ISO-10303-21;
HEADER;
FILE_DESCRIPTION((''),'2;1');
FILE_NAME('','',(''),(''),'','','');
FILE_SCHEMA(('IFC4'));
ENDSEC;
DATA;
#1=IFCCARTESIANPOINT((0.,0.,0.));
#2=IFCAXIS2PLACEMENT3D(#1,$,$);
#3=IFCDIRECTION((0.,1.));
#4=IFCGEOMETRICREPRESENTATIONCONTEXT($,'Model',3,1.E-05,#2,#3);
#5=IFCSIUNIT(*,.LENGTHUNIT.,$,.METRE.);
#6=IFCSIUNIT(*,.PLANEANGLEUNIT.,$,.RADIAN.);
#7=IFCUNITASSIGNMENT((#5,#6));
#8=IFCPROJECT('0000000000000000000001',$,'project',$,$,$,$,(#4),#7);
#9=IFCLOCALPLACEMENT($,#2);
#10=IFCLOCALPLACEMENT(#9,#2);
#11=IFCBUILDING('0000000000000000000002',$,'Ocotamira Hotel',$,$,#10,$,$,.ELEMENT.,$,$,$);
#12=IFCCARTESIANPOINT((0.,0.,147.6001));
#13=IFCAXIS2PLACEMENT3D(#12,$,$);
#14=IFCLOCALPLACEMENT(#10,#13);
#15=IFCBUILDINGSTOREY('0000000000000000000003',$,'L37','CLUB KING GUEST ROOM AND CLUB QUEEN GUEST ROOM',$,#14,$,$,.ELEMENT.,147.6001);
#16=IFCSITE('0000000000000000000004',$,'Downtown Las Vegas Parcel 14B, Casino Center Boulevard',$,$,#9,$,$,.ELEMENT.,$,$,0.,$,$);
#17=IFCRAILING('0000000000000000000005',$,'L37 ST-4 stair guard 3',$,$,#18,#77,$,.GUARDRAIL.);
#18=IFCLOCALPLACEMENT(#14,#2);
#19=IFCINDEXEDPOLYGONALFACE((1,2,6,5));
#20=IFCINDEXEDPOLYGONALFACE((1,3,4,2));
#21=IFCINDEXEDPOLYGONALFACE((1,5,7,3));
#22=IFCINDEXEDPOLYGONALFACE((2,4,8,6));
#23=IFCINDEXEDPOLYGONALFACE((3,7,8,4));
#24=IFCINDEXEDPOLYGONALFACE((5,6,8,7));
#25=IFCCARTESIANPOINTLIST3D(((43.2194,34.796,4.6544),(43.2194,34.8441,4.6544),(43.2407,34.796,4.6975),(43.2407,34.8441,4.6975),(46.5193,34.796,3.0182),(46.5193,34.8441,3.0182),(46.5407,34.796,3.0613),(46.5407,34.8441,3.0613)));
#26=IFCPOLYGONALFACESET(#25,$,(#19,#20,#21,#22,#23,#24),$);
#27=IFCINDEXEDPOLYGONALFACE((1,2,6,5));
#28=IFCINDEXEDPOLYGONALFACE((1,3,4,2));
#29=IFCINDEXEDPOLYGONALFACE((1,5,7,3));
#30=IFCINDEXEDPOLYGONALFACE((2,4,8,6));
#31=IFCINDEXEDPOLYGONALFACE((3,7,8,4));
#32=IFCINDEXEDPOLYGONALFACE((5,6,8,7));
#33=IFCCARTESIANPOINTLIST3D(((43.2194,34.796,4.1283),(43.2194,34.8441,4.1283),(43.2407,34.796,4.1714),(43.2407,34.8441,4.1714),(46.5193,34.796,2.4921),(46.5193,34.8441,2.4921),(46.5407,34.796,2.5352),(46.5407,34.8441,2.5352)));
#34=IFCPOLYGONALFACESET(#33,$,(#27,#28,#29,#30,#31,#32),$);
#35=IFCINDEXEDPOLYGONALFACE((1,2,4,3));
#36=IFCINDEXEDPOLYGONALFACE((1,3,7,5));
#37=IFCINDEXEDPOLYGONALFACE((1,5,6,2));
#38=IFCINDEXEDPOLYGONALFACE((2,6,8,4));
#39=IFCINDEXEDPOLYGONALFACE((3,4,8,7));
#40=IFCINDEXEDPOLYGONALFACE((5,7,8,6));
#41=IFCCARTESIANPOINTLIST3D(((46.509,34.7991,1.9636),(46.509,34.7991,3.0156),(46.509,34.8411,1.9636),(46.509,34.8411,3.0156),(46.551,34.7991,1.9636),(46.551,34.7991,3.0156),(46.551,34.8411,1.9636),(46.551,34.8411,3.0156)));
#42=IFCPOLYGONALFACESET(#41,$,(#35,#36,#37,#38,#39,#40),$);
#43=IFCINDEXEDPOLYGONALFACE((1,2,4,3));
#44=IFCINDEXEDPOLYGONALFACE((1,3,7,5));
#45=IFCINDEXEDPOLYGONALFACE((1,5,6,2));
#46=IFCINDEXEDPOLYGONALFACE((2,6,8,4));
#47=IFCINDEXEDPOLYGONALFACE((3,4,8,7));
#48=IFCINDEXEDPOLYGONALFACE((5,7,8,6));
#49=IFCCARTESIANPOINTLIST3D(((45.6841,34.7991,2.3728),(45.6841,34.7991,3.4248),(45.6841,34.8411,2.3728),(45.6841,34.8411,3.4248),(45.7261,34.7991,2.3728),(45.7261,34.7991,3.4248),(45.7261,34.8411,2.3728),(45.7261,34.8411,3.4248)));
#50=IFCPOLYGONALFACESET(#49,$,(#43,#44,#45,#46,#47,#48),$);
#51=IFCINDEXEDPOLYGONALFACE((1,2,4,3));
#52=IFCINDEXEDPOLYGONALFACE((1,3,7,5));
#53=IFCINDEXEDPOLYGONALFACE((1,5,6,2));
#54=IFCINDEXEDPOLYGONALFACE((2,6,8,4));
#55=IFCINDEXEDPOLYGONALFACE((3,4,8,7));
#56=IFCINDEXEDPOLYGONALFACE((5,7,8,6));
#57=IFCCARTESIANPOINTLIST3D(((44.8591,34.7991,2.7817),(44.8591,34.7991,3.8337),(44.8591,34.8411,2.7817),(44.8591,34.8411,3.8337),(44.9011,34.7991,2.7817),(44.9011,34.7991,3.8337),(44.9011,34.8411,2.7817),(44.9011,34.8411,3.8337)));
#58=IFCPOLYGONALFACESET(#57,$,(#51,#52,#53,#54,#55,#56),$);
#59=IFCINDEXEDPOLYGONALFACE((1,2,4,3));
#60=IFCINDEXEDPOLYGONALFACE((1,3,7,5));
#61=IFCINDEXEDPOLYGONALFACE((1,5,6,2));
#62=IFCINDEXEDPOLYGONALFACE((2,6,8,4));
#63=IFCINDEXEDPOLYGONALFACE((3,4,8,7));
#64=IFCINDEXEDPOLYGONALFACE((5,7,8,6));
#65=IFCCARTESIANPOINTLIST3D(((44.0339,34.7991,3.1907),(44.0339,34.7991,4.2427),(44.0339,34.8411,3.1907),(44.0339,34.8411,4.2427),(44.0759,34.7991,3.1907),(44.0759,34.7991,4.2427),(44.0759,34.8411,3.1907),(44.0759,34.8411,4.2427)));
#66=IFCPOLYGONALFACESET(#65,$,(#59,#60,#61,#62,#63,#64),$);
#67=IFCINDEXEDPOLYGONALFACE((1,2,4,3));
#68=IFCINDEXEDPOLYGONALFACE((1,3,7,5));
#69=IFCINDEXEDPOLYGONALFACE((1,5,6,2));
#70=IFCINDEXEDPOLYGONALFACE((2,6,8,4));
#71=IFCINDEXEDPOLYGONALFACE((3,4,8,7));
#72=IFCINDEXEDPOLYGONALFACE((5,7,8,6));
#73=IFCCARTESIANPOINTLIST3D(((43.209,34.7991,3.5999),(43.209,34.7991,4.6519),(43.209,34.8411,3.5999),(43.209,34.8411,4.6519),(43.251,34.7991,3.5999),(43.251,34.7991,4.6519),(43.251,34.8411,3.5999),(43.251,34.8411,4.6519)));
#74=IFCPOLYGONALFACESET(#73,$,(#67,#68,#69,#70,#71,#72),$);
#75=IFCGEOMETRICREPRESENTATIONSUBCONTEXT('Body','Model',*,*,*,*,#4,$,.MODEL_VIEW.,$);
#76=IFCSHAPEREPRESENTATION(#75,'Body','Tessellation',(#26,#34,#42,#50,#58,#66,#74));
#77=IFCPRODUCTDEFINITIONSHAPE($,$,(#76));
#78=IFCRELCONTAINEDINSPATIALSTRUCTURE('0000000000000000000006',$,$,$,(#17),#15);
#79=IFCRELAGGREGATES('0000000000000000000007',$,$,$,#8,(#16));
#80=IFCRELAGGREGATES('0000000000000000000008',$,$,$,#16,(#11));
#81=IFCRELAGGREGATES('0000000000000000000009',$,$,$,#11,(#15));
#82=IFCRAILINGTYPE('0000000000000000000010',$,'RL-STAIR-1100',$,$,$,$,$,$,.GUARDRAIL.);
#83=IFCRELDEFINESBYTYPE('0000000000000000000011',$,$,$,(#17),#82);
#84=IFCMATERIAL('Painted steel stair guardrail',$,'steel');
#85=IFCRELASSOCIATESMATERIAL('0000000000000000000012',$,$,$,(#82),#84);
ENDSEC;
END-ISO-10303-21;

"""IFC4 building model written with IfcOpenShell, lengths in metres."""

from ifc_helpers import new_model, si_unit, direction, frame, origin, origin_2d, place, context, subcontext, project, spatial, rectangle, extrude, material, type_object, element, save


model = new_model("IFC4")

# Units and contexts
model_context = context("Model", 3, precision=1e-05, world=origin(), true_north=direction((0.0, 1.0)))
body_context = subcontext(model_context, "Body", "Model", "MODEL_VIEW")
ifc_project = project(units=[si_unit("LENGTHUNIT", "METRE"), si_unit("PLANEANGLEUNIT", "RADIAN")], contexts=[model_context])

# Site, building, storey
site_placement = place(None, origin())
site = spatial("IfcSite", under=ifc_project, at=site_placement, Name="Downtown Las Vegas Parcel 14B, Casino Center Boulevard", CompositionType="ELEMENT", RefElevation=0.0)
building_placement = place(site_placement, origin())
building = spatial("IfcBuilding", under=site, at=building_placement, Name="Ocotamira Hotel", CompositionType="ELEMENT")
storey_placement = place(building_placement, frame((0.0, 0.0, 147.6001)))
storey = spatial("IfcBuildingStorey", under=building, at=storey_placement, Name="L37", Description="CLUB KING GUEST ROOM AND CLUB QUEEN GUEST ROOM", CompositionType="ELEMENT", Elevation=147.6001)

# Railing
ifc_material_1 = material(Name="Painted steel stair guardrail", Category="steel")
railing_type_1 = type_object("IfcRailingType", Name="RL-STAIR-1100", PredefinedType="GUARDRAIL", material=ifc_material_1)
railing_1_placement = place(storey_placement, frame((46.53, 34.8201, 1.9636)))
element("IfcRailing", 1, at=railing_1_placement, inside=storey, type_object=railing_type_1, Name="L37 ST-4 stair guard 3", PredefinedType="GUARDRAIL", context=body_context, shape_type="SweptSolid", body=[
    extrude(rectangle(XDim=0.0481, YDim=0.0481, at=origin_2d()), frame((0.0, 0.0, 1.0762), z_axis=(-0.89592, 0.0, 0.444215), x_axis=(0.0, -1.0, 0.0)), (0.0, 0.0, 1.0), 3.6833),
    extrude(rectangle(XDim=0.0481, YDim=0.0481, at=origin_2d()), frame((0.0, 0.0, 0.55), z_axis=(-0.89592, 0.0, 0.444215), x_axis=(0.0, -1.0, 0.0)), (0.0, 0.0, 1.0), 3.6833),
    extrude(rectangle(XDim=0.042, YDim=0.042, at=origin_2d()), origin(), (0.0, 0.0, 1.0), 1.052),
    extrude(rectangle(XDim=0.042, YDim=0.042, at=origin_2d()), frame((-0.825, 0.0, 0.4092)), (0.0, 0.0, 1.0), 1.052),
    extrude(rectangle(XDim=0.042, YDim=0.042, at=origin_2d()), frame((-1.6499, 0.0, 0.8181)), (0.0, 0.0, 1.0), 1.052),
    extrude(rectangle(XDim=0.042, YDim=0.042, at=origin_2d()), frame((-2.4751, 0.0, 1.2271)), (0.0, 0.0, 1.0), 1.052),
    extrude(rectangle(XDim=0.042, YDim=0.042, at=origin_2d()), frame((-3.3, 0.0, 1.6362)), (0.0, 0.0, 1.0), 1.052),
])

save(model, "model.ifc")
